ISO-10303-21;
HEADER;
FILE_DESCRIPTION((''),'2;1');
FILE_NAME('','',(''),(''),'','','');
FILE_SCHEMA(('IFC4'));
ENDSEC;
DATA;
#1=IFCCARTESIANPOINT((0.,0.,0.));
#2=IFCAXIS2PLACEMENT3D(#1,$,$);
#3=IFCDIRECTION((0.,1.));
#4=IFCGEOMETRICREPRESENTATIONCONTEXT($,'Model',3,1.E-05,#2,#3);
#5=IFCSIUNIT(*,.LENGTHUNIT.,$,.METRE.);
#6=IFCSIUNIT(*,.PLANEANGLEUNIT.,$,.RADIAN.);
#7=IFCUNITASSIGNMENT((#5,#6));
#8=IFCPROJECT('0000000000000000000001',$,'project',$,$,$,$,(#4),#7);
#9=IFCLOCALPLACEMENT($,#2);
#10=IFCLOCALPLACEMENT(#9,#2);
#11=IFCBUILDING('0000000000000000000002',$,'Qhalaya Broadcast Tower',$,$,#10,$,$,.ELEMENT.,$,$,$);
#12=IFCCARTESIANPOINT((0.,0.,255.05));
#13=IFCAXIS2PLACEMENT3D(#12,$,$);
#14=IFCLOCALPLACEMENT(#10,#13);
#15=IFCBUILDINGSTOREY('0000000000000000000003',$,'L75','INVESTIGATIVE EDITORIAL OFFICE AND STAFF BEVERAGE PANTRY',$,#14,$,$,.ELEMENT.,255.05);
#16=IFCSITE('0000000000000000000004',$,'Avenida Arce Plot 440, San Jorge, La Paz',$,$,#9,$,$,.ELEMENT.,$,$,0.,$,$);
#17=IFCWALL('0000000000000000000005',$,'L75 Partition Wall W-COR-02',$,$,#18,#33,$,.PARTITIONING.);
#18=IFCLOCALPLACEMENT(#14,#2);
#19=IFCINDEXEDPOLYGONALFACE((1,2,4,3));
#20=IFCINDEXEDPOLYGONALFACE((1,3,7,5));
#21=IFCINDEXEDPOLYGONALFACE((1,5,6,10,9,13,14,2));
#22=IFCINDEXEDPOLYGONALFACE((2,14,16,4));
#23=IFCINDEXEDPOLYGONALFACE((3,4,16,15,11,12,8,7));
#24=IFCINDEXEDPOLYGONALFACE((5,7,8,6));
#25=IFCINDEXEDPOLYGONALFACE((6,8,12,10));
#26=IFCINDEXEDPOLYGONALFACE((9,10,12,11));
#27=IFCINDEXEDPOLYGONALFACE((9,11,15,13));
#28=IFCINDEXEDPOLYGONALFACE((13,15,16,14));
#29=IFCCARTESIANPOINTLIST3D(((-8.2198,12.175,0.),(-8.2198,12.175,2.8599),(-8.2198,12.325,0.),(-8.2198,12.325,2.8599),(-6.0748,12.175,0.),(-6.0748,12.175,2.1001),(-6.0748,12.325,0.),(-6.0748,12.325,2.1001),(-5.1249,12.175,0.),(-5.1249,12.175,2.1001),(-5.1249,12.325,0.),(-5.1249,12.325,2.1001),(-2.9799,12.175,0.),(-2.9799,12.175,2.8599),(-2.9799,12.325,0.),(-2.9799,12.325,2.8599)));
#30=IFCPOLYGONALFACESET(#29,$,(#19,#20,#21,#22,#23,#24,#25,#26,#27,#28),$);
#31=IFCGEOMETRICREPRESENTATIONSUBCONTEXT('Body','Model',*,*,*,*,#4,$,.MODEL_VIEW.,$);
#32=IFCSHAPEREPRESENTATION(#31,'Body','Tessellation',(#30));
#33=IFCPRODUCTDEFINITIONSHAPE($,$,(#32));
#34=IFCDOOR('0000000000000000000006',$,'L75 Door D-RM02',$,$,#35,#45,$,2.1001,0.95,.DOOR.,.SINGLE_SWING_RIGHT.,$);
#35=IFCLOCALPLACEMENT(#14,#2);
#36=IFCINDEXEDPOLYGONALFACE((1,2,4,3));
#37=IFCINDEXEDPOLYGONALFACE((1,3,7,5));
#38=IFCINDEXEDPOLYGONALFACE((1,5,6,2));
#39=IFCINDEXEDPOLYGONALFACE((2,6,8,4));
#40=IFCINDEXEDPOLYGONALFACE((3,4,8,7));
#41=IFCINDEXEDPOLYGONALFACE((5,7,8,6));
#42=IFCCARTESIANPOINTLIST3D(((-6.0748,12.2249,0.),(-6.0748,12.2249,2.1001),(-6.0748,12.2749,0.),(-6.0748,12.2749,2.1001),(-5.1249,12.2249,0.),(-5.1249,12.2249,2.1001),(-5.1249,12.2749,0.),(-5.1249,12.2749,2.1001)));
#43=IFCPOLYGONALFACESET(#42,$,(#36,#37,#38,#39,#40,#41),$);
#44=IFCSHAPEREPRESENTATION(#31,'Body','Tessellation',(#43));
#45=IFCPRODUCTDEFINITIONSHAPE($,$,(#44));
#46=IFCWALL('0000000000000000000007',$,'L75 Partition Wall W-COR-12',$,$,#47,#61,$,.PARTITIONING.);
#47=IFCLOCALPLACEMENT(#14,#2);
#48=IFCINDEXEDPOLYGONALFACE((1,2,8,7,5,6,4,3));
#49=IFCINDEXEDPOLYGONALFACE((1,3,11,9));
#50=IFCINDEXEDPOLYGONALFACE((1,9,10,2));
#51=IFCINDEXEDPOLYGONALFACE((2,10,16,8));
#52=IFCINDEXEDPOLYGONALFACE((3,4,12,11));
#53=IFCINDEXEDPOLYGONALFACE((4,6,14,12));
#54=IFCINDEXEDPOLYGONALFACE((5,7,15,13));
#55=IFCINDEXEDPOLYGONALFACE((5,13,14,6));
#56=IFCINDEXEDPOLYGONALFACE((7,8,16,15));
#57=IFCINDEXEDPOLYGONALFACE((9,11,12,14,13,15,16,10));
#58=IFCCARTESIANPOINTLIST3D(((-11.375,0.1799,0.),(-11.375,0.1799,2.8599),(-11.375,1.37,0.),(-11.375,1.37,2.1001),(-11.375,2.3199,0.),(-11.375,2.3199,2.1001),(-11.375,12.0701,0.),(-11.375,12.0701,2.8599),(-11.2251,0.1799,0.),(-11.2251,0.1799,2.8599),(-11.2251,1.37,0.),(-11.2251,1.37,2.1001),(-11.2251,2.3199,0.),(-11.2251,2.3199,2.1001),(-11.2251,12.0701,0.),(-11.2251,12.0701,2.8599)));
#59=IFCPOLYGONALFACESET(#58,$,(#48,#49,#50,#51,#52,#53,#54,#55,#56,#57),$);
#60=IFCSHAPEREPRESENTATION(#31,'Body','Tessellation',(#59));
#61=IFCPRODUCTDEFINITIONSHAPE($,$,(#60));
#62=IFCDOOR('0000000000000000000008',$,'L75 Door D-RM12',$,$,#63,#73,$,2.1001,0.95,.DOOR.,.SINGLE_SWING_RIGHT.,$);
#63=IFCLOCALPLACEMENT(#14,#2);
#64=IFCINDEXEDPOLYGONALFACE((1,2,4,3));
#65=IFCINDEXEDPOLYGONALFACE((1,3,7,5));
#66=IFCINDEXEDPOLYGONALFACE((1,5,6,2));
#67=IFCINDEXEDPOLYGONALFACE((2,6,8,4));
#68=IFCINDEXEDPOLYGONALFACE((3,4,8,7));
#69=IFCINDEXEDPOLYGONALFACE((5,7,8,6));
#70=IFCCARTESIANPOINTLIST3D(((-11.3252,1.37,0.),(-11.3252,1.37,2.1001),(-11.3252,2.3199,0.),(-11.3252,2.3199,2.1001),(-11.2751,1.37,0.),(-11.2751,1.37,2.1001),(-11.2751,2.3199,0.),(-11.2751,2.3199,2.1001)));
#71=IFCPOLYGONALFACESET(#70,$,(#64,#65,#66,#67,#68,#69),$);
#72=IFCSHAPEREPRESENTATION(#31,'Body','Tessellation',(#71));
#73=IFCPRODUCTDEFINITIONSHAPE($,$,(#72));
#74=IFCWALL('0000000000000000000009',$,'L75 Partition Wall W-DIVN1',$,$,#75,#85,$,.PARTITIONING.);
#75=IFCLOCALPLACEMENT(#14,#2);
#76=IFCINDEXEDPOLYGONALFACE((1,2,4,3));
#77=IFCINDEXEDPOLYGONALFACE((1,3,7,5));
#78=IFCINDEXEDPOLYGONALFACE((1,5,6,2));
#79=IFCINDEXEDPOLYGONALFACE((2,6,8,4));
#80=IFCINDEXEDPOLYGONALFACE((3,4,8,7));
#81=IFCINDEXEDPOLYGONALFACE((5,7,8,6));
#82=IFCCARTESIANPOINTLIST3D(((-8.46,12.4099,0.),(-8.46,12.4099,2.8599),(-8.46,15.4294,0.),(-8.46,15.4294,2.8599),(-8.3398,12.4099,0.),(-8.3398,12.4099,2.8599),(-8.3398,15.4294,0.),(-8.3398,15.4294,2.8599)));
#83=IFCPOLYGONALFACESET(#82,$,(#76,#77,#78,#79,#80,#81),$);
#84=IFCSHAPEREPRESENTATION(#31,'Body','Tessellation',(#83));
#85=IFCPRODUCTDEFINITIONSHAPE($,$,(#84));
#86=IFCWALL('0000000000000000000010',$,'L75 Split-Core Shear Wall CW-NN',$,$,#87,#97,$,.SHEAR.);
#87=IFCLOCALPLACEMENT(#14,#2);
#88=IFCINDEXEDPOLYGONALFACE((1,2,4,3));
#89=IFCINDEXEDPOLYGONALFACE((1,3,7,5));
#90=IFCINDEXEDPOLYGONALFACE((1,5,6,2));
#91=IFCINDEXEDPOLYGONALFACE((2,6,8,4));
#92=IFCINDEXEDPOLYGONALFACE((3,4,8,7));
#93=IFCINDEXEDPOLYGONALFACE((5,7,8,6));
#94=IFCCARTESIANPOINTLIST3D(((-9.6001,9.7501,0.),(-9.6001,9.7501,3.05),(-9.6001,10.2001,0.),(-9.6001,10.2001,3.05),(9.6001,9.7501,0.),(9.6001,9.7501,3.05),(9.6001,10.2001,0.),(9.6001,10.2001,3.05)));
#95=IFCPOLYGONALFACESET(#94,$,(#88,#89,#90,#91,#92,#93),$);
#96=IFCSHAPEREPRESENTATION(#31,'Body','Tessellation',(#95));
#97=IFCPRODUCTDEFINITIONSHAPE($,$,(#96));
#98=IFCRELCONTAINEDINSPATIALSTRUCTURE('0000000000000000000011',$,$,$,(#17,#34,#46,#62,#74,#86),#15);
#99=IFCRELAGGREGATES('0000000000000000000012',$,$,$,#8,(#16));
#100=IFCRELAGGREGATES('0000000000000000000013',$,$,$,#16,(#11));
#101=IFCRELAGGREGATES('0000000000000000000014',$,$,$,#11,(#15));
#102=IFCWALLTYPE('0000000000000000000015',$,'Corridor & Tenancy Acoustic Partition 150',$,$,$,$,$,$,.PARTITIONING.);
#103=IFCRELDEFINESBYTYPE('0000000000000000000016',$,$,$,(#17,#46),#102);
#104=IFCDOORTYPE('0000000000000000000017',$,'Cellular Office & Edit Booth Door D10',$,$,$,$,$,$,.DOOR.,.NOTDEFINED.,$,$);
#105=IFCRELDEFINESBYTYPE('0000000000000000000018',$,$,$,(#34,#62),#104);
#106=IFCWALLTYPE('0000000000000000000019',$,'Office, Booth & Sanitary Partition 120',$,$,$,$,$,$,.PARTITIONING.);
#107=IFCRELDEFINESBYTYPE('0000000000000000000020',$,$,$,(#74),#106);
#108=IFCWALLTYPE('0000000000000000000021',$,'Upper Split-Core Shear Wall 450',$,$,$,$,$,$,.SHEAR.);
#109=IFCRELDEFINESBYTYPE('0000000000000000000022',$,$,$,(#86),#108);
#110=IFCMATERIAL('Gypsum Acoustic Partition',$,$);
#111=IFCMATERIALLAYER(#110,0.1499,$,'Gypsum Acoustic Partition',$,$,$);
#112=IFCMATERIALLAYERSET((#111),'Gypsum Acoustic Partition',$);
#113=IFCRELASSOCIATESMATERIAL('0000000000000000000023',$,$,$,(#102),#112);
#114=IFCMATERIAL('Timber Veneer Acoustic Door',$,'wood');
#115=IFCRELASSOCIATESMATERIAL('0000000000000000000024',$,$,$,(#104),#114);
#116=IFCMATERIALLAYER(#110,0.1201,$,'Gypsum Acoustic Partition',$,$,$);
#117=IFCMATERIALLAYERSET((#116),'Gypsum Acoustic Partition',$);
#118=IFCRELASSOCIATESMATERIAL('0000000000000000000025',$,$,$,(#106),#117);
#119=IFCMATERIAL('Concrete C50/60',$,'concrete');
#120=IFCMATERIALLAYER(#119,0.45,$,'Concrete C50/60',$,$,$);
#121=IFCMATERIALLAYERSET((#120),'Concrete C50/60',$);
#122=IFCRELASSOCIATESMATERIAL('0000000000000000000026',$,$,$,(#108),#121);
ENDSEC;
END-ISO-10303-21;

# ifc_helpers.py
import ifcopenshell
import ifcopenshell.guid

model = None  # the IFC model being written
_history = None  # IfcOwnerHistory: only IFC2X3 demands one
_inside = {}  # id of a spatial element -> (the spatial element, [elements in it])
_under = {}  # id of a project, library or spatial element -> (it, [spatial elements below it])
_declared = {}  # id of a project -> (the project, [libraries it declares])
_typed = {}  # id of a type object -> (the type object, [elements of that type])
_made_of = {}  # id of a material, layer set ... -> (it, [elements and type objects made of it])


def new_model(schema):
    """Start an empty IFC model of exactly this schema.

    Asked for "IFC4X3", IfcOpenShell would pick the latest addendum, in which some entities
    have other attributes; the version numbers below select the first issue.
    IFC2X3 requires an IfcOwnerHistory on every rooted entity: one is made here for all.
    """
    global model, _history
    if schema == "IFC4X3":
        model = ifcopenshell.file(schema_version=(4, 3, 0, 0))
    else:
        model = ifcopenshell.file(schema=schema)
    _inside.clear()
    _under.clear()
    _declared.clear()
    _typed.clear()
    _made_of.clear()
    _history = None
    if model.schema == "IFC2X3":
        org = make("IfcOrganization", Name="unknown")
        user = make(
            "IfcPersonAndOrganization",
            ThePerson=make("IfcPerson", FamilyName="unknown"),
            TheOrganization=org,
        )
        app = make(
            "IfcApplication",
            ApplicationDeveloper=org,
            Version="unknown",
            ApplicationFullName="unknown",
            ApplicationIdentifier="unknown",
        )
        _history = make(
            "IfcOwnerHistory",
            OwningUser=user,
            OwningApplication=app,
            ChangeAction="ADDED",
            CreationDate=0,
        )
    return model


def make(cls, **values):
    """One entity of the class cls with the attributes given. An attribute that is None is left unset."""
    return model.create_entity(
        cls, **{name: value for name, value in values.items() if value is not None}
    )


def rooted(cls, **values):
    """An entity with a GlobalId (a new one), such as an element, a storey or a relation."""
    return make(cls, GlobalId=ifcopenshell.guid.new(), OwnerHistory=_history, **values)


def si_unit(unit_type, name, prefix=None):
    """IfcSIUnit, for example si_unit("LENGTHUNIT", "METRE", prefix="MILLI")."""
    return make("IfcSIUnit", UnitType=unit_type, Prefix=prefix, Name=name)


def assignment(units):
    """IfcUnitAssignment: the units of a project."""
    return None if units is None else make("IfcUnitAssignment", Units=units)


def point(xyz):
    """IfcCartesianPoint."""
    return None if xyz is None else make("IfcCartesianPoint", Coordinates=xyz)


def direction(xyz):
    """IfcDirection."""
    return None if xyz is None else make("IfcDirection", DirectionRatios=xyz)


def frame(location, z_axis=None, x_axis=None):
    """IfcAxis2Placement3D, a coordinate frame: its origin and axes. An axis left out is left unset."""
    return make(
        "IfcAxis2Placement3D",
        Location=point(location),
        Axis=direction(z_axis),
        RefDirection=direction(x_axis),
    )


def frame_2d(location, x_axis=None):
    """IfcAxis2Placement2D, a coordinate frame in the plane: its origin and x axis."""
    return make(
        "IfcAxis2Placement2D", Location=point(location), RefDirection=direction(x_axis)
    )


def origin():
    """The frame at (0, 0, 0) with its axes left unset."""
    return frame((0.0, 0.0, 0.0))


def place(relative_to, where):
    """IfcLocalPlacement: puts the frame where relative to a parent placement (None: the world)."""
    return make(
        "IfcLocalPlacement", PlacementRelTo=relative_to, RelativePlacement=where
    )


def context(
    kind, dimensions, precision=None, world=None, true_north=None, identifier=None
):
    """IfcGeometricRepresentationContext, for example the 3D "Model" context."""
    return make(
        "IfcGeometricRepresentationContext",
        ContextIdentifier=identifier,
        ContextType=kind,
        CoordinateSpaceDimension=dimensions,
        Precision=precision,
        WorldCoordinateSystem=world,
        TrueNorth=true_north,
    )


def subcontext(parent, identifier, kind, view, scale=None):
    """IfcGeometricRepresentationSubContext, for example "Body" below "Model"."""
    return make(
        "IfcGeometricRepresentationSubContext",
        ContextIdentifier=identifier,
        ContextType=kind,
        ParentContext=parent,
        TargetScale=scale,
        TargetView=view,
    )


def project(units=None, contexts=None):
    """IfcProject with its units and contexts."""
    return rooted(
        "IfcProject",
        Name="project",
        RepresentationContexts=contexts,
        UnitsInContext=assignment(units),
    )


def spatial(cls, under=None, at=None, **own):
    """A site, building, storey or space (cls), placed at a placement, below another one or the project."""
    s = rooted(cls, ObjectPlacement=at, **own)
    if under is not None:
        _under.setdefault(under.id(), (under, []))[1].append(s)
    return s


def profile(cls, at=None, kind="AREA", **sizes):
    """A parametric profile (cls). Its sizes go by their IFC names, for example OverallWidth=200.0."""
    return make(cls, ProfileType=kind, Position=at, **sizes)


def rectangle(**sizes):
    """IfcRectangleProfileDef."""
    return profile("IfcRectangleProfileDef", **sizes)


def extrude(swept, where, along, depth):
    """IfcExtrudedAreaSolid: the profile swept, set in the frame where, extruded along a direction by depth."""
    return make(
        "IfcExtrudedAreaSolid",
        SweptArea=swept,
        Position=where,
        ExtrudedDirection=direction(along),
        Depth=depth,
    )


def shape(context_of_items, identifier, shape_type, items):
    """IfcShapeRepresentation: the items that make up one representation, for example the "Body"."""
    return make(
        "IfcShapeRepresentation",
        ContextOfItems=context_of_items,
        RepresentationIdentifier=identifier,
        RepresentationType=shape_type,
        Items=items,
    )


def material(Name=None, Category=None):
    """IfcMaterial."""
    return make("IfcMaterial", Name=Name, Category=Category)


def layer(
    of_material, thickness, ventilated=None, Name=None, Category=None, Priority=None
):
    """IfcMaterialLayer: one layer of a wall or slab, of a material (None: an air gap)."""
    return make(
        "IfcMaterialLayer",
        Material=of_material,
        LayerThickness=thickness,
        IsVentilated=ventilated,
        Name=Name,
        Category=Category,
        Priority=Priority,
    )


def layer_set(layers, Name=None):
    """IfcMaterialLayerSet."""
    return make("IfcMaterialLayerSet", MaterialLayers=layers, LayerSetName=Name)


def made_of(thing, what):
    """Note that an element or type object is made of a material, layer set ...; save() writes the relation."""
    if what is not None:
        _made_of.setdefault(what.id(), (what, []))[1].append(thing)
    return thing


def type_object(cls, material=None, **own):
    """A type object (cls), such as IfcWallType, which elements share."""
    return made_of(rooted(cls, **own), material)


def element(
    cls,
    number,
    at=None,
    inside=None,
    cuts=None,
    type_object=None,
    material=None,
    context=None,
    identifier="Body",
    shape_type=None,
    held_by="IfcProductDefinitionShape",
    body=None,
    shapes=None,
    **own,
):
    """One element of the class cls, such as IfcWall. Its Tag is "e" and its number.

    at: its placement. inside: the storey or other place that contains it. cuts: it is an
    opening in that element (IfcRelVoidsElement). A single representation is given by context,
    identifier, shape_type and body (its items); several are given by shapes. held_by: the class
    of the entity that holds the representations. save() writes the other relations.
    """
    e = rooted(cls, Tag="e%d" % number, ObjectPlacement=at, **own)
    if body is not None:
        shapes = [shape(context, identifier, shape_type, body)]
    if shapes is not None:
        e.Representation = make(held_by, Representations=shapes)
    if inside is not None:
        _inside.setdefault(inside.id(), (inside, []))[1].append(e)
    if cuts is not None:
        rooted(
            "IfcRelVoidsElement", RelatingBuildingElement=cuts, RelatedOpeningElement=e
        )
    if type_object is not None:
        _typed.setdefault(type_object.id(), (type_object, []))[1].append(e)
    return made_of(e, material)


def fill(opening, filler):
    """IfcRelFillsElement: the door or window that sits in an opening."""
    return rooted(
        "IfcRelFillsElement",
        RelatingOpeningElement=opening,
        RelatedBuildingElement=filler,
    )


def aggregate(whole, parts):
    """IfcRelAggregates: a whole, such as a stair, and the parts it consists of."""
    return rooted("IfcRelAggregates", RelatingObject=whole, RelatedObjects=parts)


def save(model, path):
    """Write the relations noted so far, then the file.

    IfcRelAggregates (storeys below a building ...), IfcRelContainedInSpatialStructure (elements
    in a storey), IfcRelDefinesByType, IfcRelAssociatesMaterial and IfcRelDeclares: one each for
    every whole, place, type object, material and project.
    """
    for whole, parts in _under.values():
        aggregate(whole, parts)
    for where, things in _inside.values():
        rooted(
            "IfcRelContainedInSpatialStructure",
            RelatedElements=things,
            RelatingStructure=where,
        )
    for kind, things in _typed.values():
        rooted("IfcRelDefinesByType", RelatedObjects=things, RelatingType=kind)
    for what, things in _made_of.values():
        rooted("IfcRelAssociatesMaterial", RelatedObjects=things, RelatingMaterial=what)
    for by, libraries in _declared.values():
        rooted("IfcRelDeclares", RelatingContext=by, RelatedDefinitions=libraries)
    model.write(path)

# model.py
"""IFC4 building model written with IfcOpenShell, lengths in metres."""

from ifc_helpers import new_model, si_unit, direction, frame, frame_2d, origin, place, context, subcontext, project, spatial, rectangle, extrude, material, layer, layer_set, type_object, element, fill, save


model = new_model("IFC4")

# Units and contexts
model_context = context("Model", 3, precision=1e-05, world=origin(), true_north=direction((0.0, 1.0)))
body_context = subcontext(model_context, "Body", "Model", "MODEL_VIEW")
ifc_project = project(units=[si_unit("LENGTHUNIT", "METRE"), si_unit("PLANEANGLEUNIT", "RADIAN")], contexts=[model_context])

# Site, building, storey
site_placement = place(None, origin())
site = spatial("IfcSite", under=ifc_project, at=site_placement, Name="Avenida Arce Plot 440, San Jorge, La Paz", CompositionType="ELEMENT", RefElevation=0.0)
building_placement = place(site_placement, origin())
building = spatial("IfcBuilding", under=site, at=building_placement, Name="Qhalaya Broadcast Tower", CompositionType="ELEMENT")
storey_placement = place(building_placement, frame((0.0, 0.0, 255.05)))
storey = spatial("IfcBuildingStorey", under=building, at=storey_placement, Name="L75", Description="INVESTIGATIVE EDITORIAL OFFICE AND STAFF BEVERAGE PANTRY", CompositionType="ELEMENT", Elevation=255.05)

# Shared definitions
ifc_material_1 = material(Name="Concrete C50/60", Category="concrete")

# Walls, openings, doors
ifc_material_2 = material(Name="Gypsum Acoustic Partition")
ifc_layer_1 = layer(ifc_material_2, 0.1499, Name="Gypsum Acoustic Partition")
ifc_layer_set_1 = layer_set([ifc_layer_1], Name="Gypsum Acoustic Partition")
wall_type_1 = type_object("IfcWallType", Name="Corridor & Tenancy Acoustic Partition 150", PredefinedType="PARTITIONING", material=ifc_layer_set_1)
ifc_material_3 = material(Name="Timber Veneer Acoustic Door", Category="wood")
door_type = type_object("IfcDoorType", Name="Cellular Office & Edit Booth Door D10", OperationType="NOTDEFINED", PredefinedType="DOOR", material=ifc_material_3)
wall_1_placement = place(storey_placement, frame((-8.22, 12.25, 0.0), z_axis=(0.0, 0.0, 1.0), x_axis=(1.0, 0.0, 0.0)))
wall_1 = element("IfcWall", 1, at=wall_1_placement, inside=storey, type_object=wall_type_1, Name="L75 Partition Wall W-COR-02", PredefinedType="PARTITIONING", context=body_context, shape_type="SweptSolid", body=[
    extrude(rectangle(XDim=5.24, YDim=0.1499, at=frame_2d((2.6201, 0.0))), origin(), (0.0, 0.0, 1.0), 2.8599),
])
opening_1_placement = place(wall_1_placement, frame((2.145, 0.0, 0.0)))
opening_1 = element("IfcOpeningElement", 2, at=opening_1_placement, cuts=wall_1, PredefinedType="OPENING", context=body_context, shape_type="SweptSolid", body=[
    extrude(rectangle(XDim=0.95, YDim=2.1001, at=frame_2d((0.4751, 1.05))), frame((0.0, 0.0869, 0.0), z_axis=(0.0, -1.0, 0.0), x_axis=(1.0, 0.0, 0.0)), (0.0, 0.0, 1.0), 0.1738),
])
door_1_placement = place(opening_1_placement, origin())
door_1 = element("IfcDoor", 3, at=door_1_placement, inside=storey, type_object=door_type, Name="L75 Door D-RM02", OperationType="SINGLE_SWING_RIGHT", OverallHeight=2.1001, OverallWidth=0.95, PredefinedType="DOOR", context=body_context, shape_type="SweptSolid", body=[
    extrude(rectangle(XDim=0.95, YDim=2.1001, at=frame_2d((0.4751, 1.05))), frame((0.0, 0.0249, 0.0), z_axis=(0.0, -1.0, 0.0), x_axis=(1.0, 0.0, 0.0)), (0.0, 0.0, 1.0), 0.05),
])
fill(opening_1, door_1)
wall_2_placement = place(storey_placement, frame((-11.3, 12.0701, 0.0), z_axis=(0.0, 0.0, 1.0), x_axis=(0.0, -1.0, 0.0)))
wall_2 = element("IfcWall", 4, at=wall_2_placement, inside=storey, type_object=wall_type_1, Name="L75 Partition Wall W-COR-12", PredefinedType="PARTITIONING", context=body_context, shape_type="SweptSolid", body=[
    extrude(rectangle(XDim=11.8901, YDim=0.1499, at=frame_2d((5.9451, 0.0))), origin(), (0.0, 0.0, 1.0), 2.8599),
])
opening_2_placement = place(wall_2_placement, frame((9.75, 0.0, 0.0)))
opening_2 = element("IfcOpeningElement", 5, at=opening_2_placement, cuts=wall_2, PredefinedType="OPENING", context=body_context, shape_type="SweptSolid", body=[
    extrude(rectangle(XDim=0.95, YDim=2.1001, at=frame_2d((0.4751, 1.05))), frame((0.0, 0.0869, 0.0), z_axis=(0.0, -1.0, 0.0), x_axis=(1.0, 0.0, 0.0)), (0.0, 0.0, 1.0), 0.1738),
])
door_2_placement = place(opening_2_placement, origin())
door_2 = element("IfcDoor", 6, at=door_2_placement, inside=storey, type_object=door_type, Name="L75 Door D-RM12", OperationType="SINGLE_SWING_RIGHT", OverallHeight=2.1001, OverallWidth=0.95, PredefinedType="DOOR", context=body_context, shape_type="SweptSolid", body=[
    extrude(rectangle(XDim=0.95, YDim=2.1001, at=frame_2d((0.4751, 1.05))), frame((0.0, 0.0249, 0.0), z_axis=(0.0, -1.0, 0.0), x_axis=(1.0, 0.0, 0.0)), (0.0, 0.0, 1.0), 0.05),
])
fill(opening_2, door_2)

# Walls
ifc_layer_2 = layer(ifc_material_2, 0.1201, Name="Gypsum Acoustic Partition")
ifc_layer_set_2 = layer_set([ifc_layer_2], Name="Gypsum Acoustic Partition")
wall_type_2 = type_object("IfcWallType", Name="Office, Booth & Sanitary Partition 120", PredefinedType="PARTITIONING", material=ifc_layer_set_2)
wall_3_placement = place(storey_placement, frame((-8.3999, 12.4099, 0.0), z_axis=(0.0, 0.0, 1.0), x_axis=(0.0, 1.0, 0.0)))
element("IfcWall", 7, at=wall_3_placement, inside=storey, type_object=wall_type_2, Name="L75 Partition Wall W-DIVN1", PredefinedType="PARTITIONING", context=body_context, shape_type="SweptSolid", body=[
    extrude(rectangle(XDim=3.0195, YDim=0.1201, at=frame_2d((1.5098, 0.0))), origin(), (0.0, 0.0, 1.0), 2.8599),
])
ifc_layer_3 = layer(ifc_material_1, 0.45, Name="Concrete C50/60")
ifc_layer_set_3 = layer_set([ifc_layer_3], Name="Concrete C50/60")
wall_type_3 = type_object("IfcWallType", Name="Upper Split-Core Shear Wall 450", PredefinedType="SHEAR", material=ifc_layer_set_3)
wall_4_placement = place(storey_placement, frame((-9.6001, 9.9751, 0.0), z_axis=(0.0, 0.0, 1.0), x_axis=(1.0, 0.0, 0.0)))
element("IfcWall", 8, at=wall_4_placement, inside=storey, type_object=wall_type_3, Name="L75 Split-Core Shear Wall CW-NN", PredefinedType="SHEAR", context=body_context, shape_type="SweptSolid", body=[
    extrude(rectangle(XDim=19.2002, YDim=0.45, at=frame_2d((9.6001, 0.0))), origin(), (0.0, 0.0, 1.0), 3.05),
])

save(model, "model.ifc")
